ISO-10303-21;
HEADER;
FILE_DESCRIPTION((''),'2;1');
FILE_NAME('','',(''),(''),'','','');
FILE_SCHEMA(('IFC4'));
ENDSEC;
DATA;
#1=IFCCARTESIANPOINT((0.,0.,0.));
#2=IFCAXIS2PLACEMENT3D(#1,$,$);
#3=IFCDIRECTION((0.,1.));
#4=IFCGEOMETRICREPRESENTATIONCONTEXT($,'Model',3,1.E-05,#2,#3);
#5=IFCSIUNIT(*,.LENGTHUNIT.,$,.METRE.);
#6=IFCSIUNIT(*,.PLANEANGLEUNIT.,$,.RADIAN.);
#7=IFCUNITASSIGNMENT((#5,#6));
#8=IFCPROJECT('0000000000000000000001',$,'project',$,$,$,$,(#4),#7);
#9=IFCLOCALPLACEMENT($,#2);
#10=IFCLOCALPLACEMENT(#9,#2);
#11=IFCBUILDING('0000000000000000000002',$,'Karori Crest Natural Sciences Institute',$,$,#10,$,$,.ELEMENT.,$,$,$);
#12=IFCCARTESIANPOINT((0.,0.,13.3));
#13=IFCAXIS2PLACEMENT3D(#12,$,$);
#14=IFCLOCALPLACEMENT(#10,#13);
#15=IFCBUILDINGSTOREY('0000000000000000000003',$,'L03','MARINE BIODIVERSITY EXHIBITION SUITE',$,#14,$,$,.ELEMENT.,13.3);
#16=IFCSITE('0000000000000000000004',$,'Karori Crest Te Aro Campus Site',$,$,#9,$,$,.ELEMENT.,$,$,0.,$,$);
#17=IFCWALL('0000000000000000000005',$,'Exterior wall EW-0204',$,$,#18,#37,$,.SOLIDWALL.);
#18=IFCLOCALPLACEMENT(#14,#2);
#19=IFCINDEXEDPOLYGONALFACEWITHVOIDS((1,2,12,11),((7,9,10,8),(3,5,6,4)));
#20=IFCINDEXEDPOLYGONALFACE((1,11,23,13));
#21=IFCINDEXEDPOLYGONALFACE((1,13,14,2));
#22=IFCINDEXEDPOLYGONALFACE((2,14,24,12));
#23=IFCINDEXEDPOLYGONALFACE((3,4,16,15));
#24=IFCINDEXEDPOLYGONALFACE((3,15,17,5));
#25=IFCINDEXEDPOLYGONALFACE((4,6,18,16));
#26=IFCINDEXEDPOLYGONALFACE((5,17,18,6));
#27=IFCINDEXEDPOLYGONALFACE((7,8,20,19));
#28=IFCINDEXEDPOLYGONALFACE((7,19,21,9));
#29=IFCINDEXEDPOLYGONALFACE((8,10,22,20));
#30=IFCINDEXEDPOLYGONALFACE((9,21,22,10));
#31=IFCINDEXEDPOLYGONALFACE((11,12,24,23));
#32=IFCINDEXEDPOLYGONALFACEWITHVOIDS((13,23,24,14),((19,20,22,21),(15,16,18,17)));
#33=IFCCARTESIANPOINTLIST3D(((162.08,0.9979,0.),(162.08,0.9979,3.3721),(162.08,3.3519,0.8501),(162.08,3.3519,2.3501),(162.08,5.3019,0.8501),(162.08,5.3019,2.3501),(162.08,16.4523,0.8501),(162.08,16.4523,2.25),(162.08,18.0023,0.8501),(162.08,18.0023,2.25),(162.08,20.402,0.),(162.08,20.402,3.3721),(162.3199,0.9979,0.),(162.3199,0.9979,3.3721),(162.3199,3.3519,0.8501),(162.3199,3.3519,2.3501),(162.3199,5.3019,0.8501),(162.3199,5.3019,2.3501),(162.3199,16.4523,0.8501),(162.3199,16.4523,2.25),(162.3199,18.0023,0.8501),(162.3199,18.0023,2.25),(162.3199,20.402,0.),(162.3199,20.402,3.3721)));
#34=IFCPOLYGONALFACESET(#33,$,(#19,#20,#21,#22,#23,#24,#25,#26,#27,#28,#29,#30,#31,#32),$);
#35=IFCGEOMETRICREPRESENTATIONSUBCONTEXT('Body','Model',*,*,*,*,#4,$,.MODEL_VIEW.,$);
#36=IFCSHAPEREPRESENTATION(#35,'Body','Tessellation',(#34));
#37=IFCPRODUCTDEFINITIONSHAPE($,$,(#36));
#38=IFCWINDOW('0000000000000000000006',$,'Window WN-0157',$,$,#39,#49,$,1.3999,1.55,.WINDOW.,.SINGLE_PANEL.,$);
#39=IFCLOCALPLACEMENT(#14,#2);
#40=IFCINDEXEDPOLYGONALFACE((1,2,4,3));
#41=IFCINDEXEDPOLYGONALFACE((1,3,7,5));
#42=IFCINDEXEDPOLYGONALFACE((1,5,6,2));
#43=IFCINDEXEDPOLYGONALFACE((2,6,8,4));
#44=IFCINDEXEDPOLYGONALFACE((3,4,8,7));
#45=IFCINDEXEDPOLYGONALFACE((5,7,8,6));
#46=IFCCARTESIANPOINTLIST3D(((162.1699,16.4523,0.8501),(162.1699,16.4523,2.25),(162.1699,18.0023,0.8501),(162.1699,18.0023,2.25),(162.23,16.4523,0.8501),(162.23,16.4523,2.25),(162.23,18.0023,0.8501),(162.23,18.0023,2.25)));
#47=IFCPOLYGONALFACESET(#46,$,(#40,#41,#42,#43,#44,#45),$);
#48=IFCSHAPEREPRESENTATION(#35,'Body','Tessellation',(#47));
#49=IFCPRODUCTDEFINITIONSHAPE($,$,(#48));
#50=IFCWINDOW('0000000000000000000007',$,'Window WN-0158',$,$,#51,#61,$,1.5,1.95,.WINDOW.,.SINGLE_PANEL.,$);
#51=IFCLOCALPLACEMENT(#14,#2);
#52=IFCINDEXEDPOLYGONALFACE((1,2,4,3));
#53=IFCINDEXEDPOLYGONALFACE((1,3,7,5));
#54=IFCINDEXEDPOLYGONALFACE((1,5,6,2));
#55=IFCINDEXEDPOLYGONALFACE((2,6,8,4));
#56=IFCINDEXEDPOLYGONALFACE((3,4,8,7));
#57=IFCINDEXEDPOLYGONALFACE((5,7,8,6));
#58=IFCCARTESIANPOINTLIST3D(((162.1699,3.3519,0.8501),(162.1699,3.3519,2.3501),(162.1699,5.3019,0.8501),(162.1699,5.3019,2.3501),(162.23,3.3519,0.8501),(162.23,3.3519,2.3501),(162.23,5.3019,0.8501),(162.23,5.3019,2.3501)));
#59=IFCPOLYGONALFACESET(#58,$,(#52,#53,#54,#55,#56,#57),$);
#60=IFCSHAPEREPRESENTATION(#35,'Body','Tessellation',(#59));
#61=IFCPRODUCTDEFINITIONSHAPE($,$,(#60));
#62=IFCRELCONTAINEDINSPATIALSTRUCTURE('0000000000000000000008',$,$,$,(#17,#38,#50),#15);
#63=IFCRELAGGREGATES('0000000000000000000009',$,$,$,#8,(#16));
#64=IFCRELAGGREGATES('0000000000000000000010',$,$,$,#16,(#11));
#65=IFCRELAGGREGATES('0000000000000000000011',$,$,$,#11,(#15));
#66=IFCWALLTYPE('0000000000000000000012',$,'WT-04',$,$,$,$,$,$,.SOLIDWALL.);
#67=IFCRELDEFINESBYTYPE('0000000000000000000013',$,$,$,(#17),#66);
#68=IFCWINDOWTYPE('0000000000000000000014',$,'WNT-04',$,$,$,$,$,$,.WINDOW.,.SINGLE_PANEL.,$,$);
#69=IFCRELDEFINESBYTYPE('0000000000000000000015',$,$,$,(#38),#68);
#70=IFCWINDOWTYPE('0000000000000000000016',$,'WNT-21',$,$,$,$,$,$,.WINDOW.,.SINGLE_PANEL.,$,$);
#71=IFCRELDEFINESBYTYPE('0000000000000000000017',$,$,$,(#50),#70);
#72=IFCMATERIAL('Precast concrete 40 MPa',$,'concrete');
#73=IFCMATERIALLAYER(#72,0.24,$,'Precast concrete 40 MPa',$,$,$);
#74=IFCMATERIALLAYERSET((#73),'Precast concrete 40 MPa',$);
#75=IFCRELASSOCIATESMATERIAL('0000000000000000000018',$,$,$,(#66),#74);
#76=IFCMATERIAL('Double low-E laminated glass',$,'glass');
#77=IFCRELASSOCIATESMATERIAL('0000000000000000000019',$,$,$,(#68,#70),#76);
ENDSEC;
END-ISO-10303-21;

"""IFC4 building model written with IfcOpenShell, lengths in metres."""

from ifc_helpers import new_model, si_unit, direction, frame, frame_2d, origin, place, context, subcontext, project, spatial, rectangle, extrude, material, layer, layer_set, type_object, element, fill, save


model = new_model("IFC4")

# Units and contexts
model_context = context("Model", 3, precision=1e-05, world=origin(), true_north=direction((0.0, 1.0)))
body_context = subcontext(model_context, "Body", "Model", "MODEL_VIEW")
ifc_project = project(units=[si_unit("LENGTHUNIT", "METRE"), si_unit("PLANEANGLEUNIT", "RADIAN")], contexts=[model_context])

# Site, building, storey
site_placement = place(None, origin())
site = spatial("IfcSite", under=ifc_project, at=site_placement, Name="Karori Crest Te Aro Campus Site", CompositionType="ELEMENT", RefElevation=0.0)
building_placement = place(site_placement, origin())
building = spatial("IfcBuilding", under=site, at=building_placement, Name="Karori Crest Natural Sciences Institute", CompositionType="ELEMENT")
storey_placement = place(building_placement, frame((0.0, 0.0, 13.3)))
storey = spatial("IfcBuildingStorey", under=building, at=storey_placement, Name="L03", Description="MARINE BIODIVERSITY EXHIBITION SUITE", CompositionType="ELEMENT", Elevation=13.3)

# Shared definitions
ifc_material_1 = material(Name="Double low-E laminated glass", Category="glass")

# Wall, openings, windows
ifc_material_2 = material(Name="Precast concrete 40 MPa", Category="concrete")
ifc_layer_1 = layer(ifc_material_2, 0.24, Name="Precast concrete 40 MPa")
ifc_layer_set_1 = layer_set([ifc_layer_1], Name="Precast concrete 40 MPa")
wall_type = type_object("IfcWallType", Name="WT-04", PredefinedType="SOLIDWALL", material=ifc_layer_set_1)
wall_placement = place(storey_placement, frame((162.2, 20.4021, 0.0), z_axis=(0.0, 0.0, 1.0), x_axis=(0.0, -1.0, 0.0)))
wall = element("IfcWall", 1, at=wall_placement, inside=storey, type_object=wall_type, Name="Exterior wall EW-0204", PredefinedType="SOLIDWALL", context=body_context, shape_type="SweptSolid", body=[
    extrude(rectangle(XDim=19.4041, YDim=0.24, at=frame_2d((9.7021, 0.0))), origin(), (0.0, 0.0, 1.0), 3.3721),
])
opening_1_placement = place(wall_placement, frame((2.3999, 0.0, 0.8501)))
opening_1 = element("IfcOpeningElement", 2, at=opening_1_placement, cuts=wall, PredefinedType="OPENING", context=body_context, shape_type="SweptSolid", body=[
    extrude(rectangle(XDim=1.55, YDim=1.3999, at=frame_2d((0.7749, 0.7))), frame((0.0, 0.1299, 0.0), z_axis=(0.0, -1.0, 0.0), x_axis=(1.0, 0.0, 0.0)), (0.0, 0.0, 1.0), 0.26),
])
opening_2_placement = place(wall_placement, frame((15.1001, 0.0, 0.8501)))
opening_2 = element("IfcOpeningElement", 3, at=opening_2_placement, cuts=wall, PredefinedType="OPENING", context=body_context, shape_type="SweptSolid", body=[
    extrude(rectangle(XDim=1.95, YDim=1.5, at=frame_2d((0.9751, 0.75))), frame((0.0, 0.1299, 0.0), z_axis=(0.0, -1.0, 0.0), x_axis=(1.0, 0.0, 0.0)), (0.0, 0.0, 1.0), 0.26),
])
window_type_1 = type_object("IfcWindowType", Name="WNT-04", PartitioningType="SINGLE_PANEL", PredefinedType="WINDOW", material=ifc_material_1)
window_1_placement = place(opening_1_placement, origin())
window_1 = element("IfcWindow", 4, at=window_1_placement, inside=storey, type_object=window_type_1, Name="Window WN-0157", OverallHeight=1.3999, OverallWidth=1.55, PartitioningType="SINGLE_PANEL", PredefinedType="WINDOW", context=body_context, shape_type="SweptSolid", body=[
    extrude(rectangle(XDim=1.55, YDim=1.3999, at=frame_2d((0.7749, 0.7))), frame((0.0, 0.03, 0.0), z_axis=(0.0, -1.0, 0.0), x_axis=(1.0, 0.0, 0.0)), (0.0, 0.0, 1.0), 0.0601),
])
fill(opening_1, window_1)
window_type_2 = type_object("IfcWindowType", Name="WNT-21", PartitioningType="SINGLE_PANEL", PredefinedType="WINDOW", material=ifc_material_1)
window_2_placement = place(opening_2_placement, origin())
window_2 = element("IfcWindow", 5, at=window_2_placement, inside=storey, type_object=window_type_2, Name="Window WN-0158", OverallHeight=1.5, OverallWidth=1.95, PartitioningType="SINGLE_PANEL", PredefinedType="WINDOW", context=body_context, shape_type="SweptSolid", body=[
    extrude(rectangle(XDim=1.95, YDim=1.5, at=frame_2d((0.9751, 0.75))), frame((0.0, 0.03, 0.0), z_axis=(0.0, -1.0, 0.0), x_axis=(1.0, 0.0, 0.0)), (0.0, 0.0, 1.0), 0.0601),
])
fill(opening_2, window_2)

save(model, "model.ifc")
